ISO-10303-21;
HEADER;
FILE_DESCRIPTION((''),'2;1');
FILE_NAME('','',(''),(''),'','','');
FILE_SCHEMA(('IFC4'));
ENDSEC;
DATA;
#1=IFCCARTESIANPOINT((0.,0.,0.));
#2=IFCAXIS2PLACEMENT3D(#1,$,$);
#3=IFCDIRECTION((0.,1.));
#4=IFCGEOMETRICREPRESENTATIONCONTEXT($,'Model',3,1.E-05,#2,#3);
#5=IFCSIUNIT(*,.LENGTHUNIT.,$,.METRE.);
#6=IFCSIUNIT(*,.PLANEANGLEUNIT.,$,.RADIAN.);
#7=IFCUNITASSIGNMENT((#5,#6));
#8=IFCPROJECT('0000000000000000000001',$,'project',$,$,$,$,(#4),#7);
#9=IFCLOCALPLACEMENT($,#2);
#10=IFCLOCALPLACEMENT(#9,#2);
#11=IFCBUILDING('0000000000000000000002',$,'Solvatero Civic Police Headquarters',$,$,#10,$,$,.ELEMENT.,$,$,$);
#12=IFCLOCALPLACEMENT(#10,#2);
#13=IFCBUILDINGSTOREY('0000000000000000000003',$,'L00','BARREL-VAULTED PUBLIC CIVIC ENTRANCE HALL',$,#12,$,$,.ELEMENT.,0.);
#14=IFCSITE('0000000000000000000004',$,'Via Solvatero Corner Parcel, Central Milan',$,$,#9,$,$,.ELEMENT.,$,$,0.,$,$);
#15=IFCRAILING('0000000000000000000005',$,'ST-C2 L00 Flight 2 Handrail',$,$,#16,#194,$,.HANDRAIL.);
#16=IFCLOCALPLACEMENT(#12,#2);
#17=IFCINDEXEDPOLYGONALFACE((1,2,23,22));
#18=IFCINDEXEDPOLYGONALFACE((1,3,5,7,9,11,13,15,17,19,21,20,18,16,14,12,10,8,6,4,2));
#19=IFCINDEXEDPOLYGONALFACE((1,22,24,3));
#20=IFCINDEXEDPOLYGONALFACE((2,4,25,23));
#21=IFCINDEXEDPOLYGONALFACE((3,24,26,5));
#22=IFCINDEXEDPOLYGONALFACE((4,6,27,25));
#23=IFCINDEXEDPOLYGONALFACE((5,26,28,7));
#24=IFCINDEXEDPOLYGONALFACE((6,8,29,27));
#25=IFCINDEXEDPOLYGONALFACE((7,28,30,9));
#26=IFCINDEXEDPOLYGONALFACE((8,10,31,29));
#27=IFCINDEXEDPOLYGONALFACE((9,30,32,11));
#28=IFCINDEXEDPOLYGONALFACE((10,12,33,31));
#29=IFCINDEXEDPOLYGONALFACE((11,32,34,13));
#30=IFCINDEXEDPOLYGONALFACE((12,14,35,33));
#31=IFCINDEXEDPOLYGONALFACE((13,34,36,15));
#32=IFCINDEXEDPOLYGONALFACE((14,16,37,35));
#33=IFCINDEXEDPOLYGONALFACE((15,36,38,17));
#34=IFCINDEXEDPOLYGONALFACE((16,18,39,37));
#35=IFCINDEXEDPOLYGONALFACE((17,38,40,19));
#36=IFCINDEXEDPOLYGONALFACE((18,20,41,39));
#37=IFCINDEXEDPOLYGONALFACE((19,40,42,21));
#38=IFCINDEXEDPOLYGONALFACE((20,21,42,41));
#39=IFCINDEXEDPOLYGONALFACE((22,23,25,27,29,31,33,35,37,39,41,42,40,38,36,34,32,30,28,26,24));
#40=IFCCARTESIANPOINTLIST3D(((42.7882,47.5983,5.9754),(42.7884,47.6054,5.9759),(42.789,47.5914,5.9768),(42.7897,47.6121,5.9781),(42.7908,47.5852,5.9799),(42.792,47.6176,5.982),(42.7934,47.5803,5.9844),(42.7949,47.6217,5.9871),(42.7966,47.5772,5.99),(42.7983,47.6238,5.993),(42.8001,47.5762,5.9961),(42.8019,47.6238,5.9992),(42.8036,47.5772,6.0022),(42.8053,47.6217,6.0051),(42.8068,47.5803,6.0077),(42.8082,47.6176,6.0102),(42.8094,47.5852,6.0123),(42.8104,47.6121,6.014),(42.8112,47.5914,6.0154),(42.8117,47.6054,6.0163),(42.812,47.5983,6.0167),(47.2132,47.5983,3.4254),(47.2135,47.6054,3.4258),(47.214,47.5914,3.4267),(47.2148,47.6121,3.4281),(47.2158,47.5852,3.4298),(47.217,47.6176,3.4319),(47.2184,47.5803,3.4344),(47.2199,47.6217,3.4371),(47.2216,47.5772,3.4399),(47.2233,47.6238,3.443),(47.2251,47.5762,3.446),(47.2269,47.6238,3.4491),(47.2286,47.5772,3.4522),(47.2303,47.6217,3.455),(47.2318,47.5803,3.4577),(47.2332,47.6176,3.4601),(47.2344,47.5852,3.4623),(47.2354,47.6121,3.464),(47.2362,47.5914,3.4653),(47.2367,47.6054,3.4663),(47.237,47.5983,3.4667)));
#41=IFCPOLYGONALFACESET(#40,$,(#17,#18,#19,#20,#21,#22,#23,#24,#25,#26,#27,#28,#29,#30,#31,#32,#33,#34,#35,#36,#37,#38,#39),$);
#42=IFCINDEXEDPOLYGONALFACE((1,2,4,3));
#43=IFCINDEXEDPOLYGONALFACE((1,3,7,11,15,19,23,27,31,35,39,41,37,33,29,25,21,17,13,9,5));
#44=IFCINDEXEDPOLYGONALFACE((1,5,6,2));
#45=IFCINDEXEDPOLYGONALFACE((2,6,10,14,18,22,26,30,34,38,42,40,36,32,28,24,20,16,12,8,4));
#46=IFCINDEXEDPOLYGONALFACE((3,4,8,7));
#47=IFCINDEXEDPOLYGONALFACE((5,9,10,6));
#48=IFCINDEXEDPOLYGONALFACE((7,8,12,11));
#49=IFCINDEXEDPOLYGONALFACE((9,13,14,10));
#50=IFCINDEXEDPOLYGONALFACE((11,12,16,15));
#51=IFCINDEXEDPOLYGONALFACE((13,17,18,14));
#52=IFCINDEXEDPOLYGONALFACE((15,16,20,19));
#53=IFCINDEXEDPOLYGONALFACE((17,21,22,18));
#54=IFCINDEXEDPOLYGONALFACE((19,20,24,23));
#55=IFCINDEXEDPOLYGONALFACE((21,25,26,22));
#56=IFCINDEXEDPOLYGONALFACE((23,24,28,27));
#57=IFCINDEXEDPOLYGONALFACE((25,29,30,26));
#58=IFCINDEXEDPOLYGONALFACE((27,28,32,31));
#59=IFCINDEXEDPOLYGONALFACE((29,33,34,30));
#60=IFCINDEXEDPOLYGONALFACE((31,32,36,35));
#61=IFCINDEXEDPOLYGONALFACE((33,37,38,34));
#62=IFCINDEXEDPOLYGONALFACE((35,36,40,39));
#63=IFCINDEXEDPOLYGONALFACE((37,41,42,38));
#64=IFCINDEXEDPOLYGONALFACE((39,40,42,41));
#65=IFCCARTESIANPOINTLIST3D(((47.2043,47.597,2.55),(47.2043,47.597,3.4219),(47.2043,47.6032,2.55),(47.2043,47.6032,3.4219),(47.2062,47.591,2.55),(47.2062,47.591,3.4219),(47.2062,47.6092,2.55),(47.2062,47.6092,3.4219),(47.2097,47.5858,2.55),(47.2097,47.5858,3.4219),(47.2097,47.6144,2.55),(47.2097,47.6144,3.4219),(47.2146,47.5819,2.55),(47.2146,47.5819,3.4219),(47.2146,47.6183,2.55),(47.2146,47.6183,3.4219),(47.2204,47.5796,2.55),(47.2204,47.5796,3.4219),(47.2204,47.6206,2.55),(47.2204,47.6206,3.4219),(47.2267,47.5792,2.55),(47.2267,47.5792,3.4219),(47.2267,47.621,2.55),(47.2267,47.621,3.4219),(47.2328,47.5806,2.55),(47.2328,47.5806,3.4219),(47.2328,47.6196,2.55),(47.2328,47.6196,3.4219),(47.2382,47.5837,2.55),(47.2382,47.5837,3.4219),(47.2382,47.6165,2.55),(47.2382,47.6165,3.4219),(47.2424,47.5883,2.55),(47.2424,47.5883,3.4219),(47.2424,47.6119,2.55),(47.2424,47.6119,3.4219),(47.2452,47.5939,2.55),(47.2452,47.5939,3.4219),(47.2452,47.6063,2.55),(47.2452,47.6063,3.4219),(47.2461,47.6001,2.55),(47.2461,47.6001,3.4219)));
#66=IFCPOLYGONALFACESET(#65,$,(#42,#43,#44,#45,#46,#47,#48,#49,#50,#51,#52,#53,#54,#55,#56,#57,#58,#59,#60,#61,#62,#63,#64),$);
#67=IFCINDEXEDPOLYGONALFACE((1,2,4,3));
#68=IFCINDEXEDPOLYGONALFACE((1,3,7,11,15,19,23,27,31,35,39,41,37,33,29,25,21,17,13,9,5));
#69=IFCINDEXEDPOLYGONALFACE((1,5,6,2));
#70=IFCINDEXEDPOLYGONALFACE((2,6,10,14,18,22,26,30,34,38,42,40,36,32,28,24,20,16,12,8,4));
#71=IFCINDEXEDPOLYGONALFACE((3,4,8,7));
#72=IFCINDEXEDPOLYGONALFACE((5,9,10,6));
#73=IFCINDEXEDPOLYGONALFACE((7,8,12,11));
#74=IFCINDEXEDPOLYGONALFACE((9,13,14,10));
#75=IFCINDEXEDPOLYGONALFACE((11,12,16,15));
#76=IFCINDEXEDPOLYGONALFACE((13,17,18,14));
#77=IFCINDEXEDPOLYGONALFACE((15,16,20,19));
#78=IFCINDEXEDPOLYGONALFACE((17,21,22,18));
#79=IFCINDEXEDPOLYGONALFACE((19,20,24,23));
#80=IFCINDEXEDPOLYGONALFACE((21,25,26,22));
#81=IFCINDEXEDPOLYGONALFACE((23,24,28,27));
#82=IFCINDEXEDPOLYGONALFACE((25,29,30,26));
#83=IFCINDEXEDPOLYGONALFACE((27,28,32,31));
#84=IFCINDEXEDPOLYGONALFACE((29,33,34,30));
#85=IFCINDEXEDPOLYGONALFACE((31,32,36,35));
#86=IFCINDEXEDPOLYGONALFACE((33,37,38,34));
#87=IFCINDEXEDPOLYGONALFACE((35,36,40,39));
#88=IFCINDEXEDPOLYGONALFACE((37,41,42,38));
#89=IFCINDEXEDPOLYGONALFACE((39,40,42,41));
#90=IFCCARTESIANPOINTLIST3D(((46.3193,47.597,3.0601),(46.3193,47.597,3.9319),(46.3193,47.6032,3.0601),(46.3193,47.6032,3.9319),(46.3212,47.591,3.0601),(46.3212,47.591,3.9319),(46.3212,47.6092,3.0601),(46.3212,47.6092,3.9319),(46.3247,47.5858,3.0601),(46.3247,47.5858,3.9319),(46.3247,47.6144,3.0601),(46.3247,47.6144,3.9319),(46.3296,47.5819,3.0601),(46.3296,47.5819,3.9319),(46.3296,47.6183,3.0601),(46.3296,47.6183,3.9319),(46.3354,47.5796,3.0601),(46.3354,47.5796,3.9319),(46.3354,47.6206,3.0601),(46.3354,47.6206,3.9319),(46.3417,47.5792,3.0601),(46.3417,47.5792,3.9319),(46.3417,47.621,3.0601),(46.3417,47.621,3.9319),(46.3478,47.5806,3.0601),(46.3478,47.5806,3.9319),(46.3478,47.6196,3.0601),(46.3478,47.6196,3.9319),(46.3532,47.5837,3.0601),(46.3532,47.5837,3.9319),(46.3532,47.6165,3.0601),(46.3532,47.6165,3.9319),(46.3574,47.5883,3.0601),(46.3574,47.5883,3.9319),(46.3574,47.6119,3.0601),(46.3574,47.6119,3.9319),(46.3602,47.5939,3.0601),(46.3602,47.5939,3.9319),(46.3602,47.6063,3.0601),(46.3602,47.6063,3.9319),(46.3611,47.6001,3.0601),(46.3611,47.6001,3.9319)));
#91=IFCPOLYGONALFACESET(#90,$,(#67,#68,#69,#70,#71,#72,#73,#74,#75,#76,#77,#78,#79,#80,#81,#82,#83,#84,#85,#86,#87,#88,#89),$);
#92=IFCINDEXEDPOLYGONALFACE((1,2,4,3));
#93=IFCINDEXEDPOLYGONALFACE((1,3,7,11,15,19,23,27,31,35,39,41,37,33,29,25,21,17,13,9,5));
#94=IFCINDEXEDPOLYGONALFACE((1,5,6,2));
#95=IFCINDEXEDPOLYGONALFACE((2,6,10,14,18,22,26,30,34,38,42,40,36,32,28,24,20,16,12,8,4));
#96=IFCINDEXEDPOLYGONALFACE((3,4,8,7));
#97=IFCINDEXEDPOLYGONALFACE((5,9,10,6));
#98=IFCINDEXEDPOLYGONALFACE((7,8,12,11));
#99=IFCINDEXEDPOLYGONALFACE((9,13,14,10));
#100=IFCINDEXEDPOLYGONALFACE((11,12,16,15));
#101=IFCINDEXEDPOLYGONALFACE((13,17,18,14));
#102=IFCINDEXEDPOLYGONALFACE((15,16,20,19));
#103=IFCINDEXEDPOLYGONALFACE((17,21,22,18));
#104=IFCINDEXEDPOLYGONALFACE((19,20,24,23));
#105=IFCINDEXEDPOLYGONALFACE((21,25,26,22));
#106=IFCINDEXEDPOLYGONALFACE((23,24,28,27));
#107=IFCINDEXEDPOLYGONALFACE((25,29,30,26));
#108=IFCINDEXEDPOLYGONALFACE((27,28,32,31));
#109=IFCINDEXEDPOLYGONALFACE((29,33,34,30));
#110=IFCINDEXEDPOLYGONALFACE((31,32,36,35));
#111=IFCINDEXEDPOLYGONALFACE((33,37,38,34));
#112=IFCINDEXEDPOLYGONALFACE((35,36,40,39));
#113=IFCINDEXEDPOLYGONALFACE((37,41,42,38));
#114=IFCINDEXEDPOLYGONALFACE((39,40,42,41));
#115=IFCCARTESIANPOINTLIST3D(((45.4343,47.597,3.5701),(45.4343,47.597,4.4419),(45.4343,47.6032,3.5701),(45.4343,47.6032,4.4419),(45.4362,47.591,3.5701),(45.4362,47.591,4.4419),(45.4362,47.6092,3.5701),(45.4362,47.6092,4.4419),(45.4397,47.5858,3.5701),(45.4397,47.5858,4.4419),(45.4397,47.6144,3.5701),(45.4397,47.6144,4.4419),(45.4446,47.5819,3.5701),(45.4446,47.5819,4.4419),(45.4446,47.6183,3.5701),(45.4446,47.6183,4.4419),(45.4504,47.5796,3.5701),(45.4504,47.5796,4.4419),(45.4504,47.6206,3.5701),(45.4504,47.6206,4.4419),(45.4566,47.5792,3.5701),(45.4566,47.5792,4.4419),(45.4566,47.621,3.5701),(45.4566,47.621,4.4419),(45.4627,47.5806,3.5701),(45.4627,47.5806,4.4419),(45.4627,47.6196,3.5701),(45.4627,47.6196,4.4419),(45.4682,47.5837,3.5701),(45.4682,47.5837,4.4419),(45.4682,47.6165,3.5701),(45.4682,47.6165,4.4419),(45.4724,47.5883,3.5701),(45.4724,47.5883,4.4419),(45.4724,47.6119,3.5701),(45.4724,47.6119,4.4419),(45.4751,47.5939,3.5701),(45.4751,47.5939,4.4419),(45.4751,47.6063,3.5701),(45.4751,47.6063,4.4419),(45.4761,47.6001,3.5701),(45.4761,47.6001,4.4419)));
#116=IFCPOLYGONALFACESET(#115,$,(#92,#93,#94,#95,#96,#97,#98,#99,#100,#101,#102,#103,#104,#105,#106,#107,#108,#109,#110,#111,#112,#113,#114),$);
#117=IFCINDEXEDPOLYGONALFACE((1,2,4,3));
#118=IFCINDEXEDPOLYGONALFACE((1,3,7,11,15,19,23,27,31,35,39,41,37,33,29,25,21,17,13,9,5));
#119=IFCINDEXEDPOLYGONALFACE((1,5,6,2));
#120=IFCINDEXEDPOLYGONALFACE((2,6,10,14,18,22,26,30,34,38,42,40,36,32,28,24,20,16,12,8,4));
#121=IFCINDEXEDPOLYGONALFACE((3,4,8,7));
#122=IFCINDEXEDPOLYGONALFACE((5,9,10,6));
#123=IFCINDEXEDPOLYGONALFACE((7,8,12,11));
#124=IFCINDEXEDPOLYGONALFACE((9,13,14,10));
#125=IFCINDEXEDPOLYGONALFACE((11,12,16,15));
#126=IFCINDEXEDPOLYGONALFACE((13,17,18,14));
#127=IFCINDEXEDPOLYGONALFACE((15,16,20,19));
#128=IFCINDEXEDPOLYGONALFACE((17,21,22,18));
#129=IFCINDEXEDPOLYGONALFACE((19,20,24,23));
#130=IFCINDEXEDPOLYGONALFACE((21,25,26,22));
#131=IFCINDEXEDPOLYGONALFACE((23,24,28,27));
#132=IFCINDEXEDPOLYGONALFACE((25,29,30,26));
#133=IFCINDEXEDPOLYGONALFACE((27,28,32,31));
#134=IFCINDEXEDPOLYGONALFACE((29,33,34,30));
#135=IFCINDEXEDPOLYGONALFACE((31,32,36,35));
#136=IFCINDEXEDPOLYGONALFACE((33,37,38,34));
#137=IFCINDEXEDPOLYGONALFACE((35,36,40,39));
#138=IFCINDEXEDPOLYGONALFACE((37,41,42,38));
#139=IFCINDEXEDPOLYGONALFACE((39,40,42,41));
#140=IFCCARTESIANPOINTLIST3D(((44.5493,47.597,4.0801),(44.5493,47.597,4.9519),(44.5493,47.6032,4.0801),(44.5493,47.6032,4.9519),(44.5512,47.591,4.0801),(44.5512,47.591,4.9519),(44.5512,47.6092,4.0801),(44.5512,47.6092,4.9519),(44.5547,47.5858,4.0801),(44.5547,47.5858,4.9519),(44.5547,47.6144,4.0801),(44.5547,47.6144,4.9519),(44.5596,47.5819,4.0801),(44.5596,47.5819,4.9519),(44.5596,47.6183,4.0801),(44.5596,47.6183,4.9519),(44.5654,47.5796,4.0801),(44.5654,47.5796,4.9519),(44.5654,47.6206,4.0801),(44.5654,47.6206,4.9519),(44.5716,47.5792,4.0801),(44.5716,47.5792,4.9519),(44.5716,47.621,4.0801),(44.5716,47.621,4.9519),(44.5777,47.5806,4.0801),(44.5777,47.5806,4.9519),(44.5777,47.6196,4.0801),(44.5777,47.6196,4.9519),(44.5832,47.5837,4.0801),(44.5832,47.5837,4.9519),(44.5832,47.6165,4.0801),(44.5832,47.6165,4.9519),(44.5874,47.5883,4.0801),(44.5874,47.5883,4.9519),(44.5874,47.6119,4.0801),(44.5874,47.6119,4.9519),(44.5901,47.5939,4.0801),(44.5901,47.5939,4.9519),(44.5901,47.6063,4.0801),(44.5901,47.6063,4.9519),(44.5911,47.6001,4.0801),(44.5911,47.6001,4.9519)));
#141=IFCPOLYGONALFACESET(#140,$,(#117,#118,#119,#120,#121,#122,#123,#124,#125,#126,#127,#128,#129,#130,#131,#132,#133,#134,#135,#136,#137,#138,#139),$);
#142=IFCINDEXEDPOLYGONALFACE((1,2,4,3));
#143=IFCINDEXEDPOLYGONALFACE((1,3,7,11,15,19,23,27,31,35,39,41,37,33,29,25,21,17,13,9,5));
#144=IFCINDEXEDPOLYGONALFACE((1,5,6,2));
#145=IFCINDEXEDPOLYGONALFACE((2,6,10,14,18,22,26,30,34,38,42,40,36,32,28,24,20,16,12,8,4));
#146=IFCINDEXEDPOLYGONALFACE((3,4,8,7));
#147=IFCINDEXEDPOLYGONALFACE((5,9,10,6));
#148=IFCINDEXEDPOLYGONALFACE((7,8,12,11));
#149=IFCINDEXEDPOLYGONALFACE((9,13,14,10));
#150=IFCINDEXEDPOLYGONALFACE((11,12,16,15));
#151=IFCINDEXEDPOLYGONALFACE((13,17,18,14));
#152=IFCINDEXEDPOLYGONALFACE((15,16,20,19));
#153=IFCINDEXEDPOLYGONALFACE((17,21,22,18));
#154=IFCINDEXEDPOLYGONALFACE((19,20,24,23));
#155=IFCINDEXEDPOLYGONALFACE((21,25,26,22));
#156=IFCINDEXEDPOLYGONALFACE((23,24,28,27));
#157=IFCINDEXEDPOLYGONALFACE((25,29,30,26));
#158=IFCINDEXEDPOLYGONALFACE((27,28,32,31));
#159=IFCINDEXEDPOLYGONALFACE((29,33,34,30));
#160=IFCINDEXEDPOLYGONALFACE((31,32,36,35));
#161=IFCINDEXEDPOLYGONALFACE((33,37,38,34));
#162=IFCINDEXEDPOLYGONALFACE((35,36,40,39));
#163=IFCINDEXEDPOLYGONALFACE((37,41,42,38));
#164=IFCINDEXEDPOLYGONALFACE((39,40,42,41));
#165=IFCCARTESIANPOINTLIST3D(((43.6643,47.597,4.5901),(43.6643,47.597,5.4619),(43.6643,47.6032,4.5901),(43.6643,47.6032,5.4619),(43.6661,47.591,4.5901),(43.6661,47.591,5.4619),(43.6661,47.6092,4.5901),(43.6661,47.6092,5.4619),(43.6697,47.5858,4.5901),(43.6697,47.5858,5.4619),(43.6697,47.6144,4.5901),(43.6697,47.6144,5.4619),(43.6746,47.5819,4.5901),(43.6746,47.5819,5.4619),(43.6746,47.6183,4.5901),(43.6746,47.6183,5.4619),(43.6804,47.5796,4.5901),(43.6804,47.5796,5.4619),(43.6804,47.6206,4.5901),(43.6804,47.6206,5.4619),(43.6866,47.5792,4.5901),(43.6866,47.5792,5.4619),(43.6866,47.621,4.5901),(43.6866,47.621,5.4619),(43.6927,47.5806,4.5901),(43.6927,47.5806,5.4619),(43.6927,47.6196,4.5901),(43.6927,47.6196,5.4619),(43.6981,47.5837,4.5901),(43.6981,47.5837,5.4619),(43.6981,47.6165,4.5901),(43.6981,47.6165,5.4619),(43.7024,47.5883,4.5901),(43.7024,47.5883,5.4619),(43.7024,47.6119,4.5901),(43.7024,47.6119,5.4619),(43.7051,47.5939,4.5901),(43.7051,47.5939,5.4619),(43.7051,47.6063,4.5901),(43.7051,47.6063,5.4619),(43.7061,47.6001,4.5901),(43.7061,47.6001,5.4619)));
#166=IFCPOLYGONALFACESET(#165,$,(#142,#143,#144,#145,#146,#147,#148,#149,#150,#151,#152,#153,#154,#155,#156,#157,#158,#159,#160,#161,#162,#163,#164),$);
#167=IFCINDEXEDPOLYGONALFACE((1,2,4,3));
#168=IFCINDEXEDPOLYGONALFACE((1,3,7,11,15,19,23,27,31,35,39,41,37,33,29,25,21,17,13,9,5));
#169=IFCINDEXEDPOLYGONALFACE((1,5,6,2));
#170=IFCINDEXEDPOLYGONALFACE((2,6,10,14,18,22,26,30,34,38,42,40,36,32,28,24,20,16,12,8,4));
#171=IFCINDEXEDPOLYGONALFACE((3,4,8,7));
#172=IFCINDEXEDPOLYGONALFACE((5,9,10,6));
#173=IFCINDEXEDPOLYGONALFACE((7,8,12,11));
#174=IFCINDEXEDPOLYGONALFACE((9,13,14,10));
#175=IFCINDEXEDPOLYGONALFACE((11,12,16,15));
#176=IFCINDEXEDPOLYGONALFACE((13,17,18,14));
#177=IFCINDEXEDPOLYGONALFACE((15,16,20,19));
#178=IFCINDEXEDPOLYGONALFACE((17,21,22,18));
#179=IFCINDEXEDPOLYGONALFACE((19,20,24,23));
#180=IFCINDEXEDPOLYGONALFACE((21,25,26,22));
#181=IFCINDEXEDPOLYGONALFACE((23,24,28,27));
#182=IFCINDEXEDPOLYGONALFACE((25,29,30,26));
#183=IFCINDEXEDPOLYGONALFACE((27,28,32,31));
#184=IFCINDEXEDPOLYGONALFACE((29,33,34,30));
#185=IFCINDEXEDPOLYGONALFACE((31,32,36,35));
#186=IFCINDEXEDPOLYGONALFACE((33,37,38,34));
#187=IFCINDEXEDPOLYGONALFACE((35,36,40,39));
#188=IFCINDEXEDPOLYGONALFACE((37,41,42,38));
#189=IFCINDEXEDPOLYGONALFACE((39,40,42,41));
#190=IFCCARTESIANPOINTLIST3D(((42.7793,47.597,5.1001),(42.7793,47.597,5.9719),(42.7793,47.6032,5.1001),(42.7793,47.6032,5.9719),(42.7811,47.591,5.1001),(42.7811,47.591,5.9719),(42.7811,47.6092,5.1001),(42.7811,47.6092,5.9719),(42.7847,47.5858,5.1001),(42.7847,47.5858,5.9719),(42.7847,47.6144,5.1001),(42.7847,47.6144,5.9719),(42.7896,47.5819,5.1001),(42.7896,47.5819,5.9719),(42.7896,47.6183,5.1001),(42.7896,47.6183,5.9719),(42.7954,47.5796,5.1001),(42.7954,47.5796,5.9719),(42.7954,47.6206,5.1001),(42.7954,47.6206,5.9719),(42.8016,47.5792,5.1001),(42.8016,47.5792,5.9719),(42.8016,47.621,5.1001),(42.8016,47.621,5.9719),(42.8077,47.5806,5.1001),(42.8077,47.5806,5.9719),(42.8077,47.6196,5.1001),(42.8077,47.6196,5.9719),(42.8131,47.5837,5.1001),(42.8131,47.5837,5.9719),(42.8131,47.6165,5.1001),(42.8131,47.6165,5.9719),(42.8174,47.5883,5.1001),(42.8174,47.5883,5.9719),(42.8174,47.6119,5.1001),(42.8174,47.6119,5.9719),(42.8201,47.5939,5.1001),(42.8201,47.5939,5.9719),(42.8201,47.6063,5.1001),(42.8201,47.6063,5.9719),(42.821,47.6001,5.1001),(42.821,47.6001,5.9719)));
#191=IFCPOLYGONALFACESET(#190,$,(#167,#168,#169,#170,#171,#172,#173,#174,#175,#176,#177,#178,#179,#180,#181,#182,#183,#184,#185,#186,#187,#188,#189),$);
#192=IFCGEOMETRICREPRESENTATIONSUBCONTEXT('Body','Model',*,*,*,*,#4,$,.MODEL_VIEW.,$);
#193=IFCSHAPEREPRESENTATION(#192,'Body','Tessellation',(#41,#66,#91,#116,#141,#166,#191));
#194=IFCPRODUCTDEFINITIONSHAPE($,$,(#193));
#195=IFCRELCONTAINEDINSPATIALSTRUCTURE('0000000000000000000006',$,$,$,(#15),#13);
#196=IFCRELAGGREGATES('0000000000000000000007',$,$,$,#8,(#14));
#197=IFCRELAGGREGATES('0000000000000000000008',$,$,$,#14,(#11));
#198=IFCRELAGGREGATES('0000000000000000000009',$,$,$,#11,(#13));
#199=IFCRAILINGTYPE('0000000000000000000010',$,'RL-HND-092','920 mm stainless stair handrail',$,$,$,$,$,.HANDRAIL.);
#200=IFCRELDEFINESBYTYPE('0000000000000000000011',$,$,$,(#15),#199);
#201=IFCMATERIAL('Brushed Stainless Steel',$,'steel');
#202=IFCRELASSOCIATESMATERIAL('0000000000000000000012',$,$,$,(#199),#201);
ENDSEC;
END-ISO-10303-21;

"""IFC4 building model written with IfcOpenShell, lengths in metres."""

from ifc_helpers import new_model, si_unit, direction, frame, origin, origin_2d, place, context, subcontext, project, spatial, circle, extrude, material, type_object, element, save


model = new_model("IFC4")

# Units and contexts
model_context = context("Model", 3, precision=1e-05, world=origin(), true_north=direction((0.0, 1.0)))
body_context = subcontext(model_context, "Body", "Model", "MODEL_VIEW")
ifc_project = project(units=[si_unit("LENGTHUNIT", "METRE"), si_unit("PLANEANGLEUNIT", "RADIAN")], contexts=[model_context])

# Site, building, storey
site_placement = place(None, origin())
site = spatial("IfcSite", under=ifc_project, at=site_placement, Name="Via Solvatero Corner Parcel, Central Milan", CompositionType="ELEMENT", RefElevation=0.0)
building_placement = place(site_placement, origin())
building = spatial("IfcBuilding", under=site, at=building_placement, Name="Solvatero Civic Police Headquarters", CompositionType="ELEMENT")
storey_placement = place(building_placement, origin())
storey = spatial("IfcBuildingStorey", under=building, at=storey_placement, Name="L00", Description="BARREL-VAULTED PUBLIC CIVIC ENTRANCE HALL", CompositionType="ELEMENT", Elevation=0.0)

# Railing
ifc_material_1 = material(Name="Brushed Stainless Steel", Category="steel")
railing_type_1 = type_object("IfcRailingType", Name="RL-HND-092", Description="920 mm stainless stair handrail", PredefinedType="HANDRAIL", material=ifc_material_1)
railing_1_placement = place(storey_placement, frame((47.2251, 47.6001, 2.55)))
element("IfcRailing", 1, at=railing_1_placement, inside=storey, type_object=railing_type_1, Name="ST-C2 L00 Flight 2 Handrail", PredefinedType="HANDRAIL", context=body_context, shape_type="SweptSolid", body=[
    extrude(circle(Radius=0.0239, at=origin_2d()), frame((0.0, 0.0, 0.896), z_axis=(-0.866428, 0.0, 0.499302), x_axis=(0.0, -1.0, 0.0)), (0.0, 0.0, 1.0), 5.1072),
    extrude(circle(Radius=0.021, at=origin_2d()), origin(), (0.0, 0.0, 1.0), 0.8718),
    extrude(circle(Radius=0.021, at=origin_2d()), frame((-0.885, 0.0, 0.51)), (0.0, 0.0, 1.0), 0.8718),
    extrude(circle(Radius=0.021, at=origin_2d()), frame((-1.77, 0.0, 1.02)), (0.0, 0.0, 1.0), 0.8718),
    extrude(circle(Radius=0.021, at=origin_2d()), frame((-2.655, 0.0, 1.53)), (0.0, 0.0, 1.0), 0.8718),
    extrude(circle(Radius=0.021, at=origin_2d()), frame((-3.54, 0.0, 2.04)), (0.0, 0.0, 1.0), 0.8718),
    extrude(circle(Radius=0.021, at=origin_2d()), frame((-4.425, 0.0, 2.55)), (0.0, 0.0, 1.0), 0.8718),
])

save(model, "model.ifc")
